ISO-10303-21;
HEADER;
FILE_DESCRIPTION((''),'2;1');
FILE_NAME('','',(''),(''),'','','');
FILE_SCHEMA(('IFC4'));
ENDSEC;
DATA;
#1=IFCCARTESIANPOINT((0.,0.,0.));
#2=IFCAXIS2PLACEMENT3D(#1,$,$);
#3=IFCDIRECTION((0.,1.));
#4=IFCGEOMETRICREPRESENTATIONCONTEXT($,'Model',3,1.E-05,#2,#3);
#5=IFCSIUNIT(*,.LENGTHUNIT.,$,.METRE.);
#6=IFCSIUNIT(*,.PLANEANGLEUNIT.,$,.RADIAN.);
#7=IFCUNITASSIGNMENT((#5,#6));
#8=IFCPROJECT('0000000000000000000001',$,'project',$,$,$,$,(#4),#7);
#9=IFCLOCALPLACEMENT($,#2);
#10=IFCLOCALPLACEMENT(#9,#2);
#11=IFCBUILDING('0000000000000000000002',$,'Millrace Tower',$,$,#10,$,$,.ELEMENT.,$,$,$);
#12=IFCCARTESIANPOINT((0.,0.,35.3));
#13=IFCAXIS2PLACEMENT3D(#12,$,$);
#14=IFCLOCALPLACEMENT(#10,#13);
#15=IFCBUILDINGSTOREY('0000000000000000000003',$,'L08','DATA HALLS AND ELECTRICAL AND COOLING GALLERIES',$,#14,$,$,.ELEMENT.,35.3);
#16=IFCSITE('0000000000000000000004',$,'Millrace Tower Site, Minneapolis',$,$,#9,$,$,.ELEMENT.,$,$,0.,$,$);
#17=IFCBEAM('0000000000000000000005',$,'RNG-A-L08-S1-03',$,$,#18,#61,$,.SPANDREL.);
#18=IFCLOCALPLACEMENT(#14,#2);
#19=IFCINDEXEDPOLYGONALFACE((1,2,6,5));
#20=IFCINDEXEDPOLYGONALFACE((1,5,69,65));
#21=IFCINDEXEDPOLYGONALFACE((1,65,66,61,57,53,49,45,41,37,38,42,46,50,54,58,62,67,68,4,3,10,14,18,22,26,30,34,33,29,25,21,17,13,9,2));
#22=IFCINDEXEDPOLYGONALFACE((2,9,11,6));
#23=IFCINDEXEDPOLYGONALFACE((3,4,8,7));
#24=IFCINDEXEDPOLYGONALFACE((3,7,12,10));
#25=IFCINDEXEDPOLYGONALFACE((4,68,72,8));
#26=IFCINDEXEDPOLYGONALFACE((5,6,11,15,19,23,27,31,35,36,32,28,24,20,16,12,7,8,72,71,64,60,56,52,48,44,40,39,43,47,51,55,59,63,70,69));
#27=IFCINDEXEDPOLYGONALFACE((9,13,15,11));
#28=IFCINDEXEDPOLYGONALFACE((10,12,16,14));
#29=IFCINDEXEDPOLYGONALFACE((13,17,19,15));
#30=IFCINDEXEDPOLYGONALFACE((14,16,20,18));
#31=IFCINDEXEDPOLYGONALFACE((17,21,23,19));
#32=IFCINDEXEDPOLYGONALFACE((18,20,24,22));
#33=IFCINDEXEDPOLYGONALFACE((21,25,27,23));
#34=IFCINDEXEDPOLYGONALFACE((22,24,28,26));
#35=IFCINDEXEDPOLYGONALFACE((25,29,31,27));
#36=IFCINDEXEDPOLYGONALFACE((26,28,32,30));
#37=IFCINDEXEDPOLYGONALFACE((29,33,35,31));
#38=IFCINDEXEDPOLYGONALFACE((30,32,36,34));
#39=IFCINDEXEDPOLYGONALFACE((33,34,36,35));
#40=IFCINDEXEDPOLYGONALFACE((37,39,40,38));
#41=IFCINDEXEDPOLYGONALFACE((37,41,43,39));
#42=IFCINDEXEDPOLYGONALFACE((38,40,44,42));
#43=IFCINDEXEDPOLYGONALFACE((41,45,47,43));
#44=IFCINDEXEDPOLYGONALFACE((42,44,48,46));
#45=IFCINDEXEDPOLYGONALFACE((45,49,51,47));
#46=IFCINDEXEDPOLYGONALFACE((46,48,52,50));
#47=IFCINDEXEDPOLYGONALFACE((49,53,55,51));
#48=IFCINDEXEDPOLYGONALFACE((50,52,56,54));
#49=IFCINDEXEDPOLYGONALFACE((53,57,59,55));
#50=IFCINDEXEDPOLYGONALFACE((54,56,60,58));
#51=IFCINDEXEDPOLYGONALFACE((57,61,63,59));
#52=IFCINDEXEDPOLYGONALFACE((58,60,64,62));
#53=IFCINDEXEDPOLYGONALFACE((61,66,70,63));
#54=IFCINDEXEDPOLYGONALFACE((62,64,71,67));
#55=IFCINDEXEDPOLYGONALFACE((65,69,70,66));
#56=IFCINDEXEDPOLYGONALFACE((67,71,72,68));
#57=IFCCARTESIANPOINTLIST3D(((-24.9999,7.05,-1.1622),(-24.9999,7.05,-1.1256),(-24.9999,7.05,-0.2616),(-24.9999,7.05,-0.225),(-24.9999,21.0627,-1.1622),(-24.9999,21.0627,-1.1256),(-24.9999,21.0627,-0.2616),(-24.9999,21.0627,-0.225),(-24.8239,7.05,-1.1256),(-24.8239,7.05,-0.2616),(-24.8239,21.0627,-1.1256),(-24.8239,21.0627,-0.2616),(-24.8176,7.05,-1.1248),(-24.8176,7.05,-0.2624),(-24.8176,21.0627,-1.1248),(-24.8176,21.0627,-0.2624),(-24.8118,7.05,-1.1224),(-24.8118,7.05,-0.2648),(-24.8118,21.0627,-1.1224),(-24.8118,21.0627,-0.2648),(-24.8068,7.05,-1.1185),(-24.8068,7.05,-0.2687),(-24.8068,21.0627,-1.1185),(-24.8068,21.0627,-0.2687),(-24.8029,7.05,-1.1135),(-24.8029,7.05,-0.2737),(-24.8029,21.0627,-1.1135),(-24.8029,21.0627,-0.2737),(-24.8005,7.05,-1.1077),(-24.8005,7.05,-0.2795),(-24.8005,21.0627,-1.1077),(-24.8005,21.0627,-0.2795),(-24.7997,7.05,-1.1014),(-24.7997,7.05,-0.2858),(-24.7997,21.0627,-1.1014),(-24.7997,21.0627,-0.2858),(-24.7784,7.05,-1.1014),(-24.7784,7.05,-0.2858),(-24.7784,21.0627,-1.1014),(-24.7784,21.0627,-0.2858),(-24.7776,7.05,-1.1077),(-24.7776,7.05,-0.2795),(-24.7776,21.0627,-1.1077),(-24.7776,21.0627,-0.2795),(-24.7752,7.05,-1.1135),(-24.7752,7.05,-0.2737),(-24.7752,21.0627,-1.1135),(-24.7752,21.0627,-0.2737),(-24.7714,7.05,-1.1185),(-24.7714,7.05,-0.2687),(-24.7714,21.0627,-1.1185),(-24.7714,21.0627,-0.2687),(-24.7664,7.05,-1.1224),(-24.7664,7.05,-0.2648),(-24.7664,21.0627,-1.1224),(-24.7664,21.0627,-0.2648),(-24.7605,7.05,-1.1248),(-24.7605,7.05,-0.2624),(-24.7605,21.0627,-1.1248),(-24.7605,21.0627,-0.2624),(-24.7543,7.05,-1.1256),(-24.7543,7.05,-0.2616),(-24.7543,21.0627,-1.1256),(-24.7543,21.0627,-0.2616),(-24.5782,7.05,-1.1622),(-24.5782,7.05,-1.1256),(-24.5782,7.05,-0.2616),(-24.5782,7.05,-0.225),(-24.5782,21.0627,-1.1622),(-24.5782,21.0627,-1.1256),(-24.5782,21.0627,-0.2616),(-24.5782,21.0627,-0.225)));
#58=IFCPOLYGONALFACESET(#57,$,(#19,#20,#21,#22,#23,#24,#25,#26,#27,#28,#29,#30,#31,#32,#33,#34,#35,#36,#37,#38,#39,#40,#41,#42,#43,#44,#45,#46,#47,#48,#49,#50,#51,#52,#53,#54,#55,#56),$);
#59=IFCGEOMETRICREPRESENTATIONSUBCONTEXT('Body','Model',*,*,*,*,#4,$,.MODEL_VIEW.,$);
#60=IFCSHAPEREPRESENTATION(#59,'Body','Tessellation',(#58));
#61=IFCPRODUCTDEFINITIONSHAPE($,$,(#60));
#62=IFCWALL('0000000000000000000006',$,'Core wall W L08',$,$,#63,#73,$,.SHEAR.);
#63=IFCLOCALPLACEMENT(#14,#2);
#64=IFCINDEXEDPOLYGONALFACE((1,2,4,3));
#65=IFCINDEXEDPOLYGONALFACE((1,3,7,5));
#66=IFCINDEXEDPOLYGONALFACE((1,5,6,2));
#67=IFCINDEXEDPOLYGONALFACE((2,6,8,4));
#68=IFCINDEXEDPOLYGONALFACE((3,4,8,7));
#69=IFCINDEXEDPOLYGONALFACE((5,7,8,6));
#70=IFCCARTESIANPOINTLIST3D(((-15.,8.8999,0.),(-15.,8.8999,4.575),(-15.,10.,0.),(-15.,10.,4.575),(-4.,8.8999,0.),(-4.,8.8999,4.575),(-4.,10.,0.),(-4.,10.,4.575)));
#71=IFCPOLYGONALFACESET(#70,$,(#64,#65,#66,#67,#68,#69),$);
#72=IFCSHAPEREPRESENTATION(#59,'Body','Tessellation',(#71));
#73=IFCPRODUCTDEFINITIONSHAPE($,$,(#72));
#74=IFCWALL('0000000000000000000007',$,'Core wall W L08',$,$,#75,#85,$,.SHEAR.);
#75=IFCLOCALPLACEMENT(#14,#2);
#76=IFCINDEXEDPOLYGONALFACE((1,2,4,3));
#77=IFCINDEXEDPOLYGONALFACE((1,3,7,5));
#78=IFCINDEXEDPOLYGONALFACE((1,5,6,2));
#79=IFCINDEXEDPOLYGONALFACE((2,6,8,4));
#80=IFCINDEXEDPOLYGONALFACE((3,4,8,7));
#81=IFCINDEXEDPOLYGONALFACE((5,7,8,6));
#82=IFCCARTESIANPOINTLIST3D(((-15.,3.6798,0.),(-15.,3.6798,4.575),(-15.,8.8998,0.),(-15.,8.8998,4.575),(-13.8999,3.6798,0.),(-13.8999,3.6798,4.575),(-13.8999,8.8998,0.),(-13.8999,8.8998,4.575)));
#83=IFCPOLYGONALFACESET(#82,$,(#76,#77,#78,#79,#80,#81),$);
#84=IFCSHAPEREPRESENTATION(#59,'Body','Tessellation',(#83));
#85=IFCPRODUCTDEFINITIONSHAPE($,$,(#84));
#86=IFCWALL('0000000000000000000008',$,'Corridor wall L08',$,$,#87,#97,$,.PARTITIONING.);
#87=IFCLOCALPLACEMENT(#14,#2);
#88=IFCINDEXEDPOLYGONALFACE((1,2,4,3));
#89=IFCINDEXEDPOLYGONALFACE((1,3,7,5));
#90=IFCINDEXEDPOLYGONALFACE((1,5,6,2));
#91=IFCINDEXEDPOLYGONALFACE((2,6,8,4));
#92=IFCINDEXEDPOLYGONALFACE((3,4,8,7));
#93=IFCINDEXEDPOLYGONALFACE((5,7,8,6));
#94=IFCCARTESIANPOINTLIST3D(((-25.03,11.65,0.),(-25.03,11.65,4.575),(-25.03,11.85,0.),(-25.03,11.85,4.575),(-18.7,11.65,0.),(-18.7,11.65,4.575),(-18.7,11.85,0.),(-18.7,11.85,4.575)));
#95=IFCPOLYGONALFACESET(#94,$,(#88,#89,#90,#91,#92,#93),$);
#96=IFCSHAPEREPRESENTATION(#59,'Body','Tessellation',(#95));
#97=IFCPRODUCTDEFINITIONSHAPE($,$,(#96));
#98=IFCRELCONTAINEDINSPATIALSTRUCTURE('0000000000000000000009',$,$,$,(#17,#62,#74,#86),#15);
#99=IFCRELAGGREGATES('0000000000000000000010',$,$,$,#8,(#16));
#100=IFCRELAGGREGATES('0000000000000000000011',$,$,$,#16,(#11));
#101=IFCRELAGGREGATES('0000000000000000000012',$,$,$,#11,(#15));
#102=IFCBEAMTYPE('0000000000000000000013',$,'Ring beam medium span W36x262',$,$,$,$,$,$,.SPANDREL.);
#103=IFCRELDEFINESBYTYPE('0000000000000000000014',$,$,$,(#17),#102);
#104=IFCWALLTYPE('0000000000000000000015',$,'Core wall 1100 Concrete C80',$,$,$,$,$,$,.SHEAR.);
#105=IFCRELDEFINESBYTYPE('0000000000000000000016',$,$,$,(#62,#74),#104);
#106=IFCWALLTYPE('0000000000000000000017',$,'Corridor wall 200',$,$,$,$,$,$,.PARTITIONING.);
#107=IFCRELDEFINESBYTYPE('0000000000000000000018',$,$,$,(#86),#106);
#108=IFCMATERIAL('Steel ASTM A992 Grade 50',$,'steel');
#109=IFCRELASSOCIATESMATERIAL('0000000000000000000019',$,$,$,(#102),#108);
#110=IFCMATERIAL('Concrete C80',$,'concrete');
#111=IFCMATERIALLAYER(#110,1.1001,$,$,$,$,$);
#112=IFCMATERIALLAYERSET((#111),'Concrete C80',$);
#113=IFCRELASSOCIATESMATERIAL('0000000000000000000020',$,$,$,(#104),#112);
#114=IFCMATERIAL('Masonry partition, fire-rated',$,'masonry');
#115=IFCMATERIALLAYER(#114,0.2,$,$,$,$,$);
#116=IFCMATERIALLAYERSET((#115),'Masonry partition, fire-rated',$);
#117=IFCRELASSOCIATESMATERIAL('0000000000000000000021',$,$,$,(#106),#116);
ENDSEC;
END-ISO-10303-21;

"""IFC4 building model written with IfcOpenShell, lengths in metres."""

from ifc_helpers import new_model, si_unit, direction, frame, frame_2d, origin, origin_2d, place, context, subcontext, project, spatial, rectangle, i_section, extrude, material, layer, layer_set, material_profile, profile_set, type_object, element, save


model = new_model("IFC4")

# Units and contexts
model_context = context("Model", 3, precision=1e-05, world=origin(), true_north=direction((0.0, 1.0)))
body_context = subcontext(model_context, "Body", "Model", "MODEL_VIEW")
ifc_project = project(units=[si_unit("LENGTHUNIT", "METRE"), si_unit("PLANEANGLEUNIT", "RADIAN")], contexts=[model_context])

# Site, building, storey
site_placement = place(None, origin())
site = spatial("IfcSite", under=ifc_project, at=site_placement, Name="Millrace Tower Site, Minneapolis", CompositionType="ELEMENT", RefElevation=0.0)
building_placement = place(site_placement, origin())
building = spatial("IfcBuilding", under=site, at=building_placement, Name="Millrace Tower", CompositionType="ELEMENT")
storey_placement = place(building_placement, frame((0.0, 0.0, 35.3)))
storey = spatial("IfcBuildingStorey", under=building, at=storey_placement, Name="L08", Description="DATA HALLS AND ELECTRICAL AND COOLING GALLERIES", CompositionType="ELEMENT", Elevation=35.3)

# Beam
ifc_material_1 = material(Name="Steel ASTM A992 Grade 50", Category="steel")
ifc_material_profile_1 = material_profile(ifc_material_1, i_section(OverallWidth=0.4216, OverallDepth=0.9373, WebThickness=0.0212, FlangeThickness=0.0366, FilletRadius=0.0242, at=origin_2d()))
ifc_profile_set_1 = profile_set([ifc_material_profile_1], Name="Steel ASTM A992 Grade 50")
beam_type_1 = type_object("IfcBeamType", Name="Ring beam medium span W36x262", PredefinedType="SPANDREL", material=ifc_profile_set_1)
beam_1_placement = place(storey_placement, frame((-24.7891, 7.05, -0.6936), z_axis=(0.0, 1.0, 0.0), x_axis=(-1.0, 0.0, 0.0)))
element("IfcBeam", 1, at=beam_1_placement, inside=storey, type_object=beam_type_1, Name="RNG-A-L08-S1-03", PredefinedType="SPANDREL", context=body_context, shape_type="SweptSolid", body=[
    extrude(i_section(OverallWidth=0.4216, OverallDepth=0.9373, WebThickness=0.0212, FlangeThickness=0.0366, FilletRadius=0.0242, at=origin_2d()), origin(), (0.0, 0.0, 1.0), 14.0127),
])

# Walls
ifc_material_2 = material(Name="Concrete C80", Category="concrete")
ifc_layer_1 = layer(ifc_material_2, 1.1001)
ifc_layer_set_1 = layer_set([ifc_layer_1], Name="Concrete C80")
wall_type_1 = type_object("IfcWallType", Name="Core wall 1100 Concrete C80", PredefinedType="SHEAR", material=ifc_layer_set_1)
wall_1_placement = place(storey_placement, frame((-15.0, 9.45, 0.0), z_axis=(0.0, 0.0, 1.0), x_axis=(1.0, 0.0, 0.0)))
element("IfcWall", 2, at=wall_1_placement, inside=storey, type_object=wall_type_1, Name="Core wall W L08", PredefinedType="SHEAR", context=body_context, shape_type="SweptSolid", body=[
    extrude(rectangle(XDim=11.0, YDim=1.1001, at=frame_2d((5.5, 0.0))), origin(), (0.0, 0.0, 1.0), 4.575),
])
wall_2_placement = place(storey_placement, frame((-14.45, 3.6799, 0.0), z_axis=(0.0, 0.0, 1.0), x_axis=(0.0, 1.0, 0.0)))
element("IfcWall", 3, at=wall_2_placement, inside=storey, type_object=wall_type_1, Name="Core wall W L08", PredefinedType="SHEAR", context=body_context, shape_type="SweptSolid", body=[
    extrude(rectangle(XDim=5.22, YDim=1.1001, at=frame_2d((2.6099, 0.0))), origin(), (0.0, 0.0, 1.0), 4.575),
])
ifc_material_3 = material(Name="Masonry partition, fire-rated", Category="masonry")
ifc_layer_2 = layer(ifc_material_3, 0.2)
ifc_layer_set_2 = layer_set([ifc_layer_2], Name="Masonry partition, fire-rated")
wall_type_2 = type_object("IfcWallType", Name="Corridor wall 200", PredefinedType="PARTITIONING", material=ifc_layer_set_2)
wall_3_placement = place(storey_placement, frame((-25.03, 11.75, 0.0), z_axis=(0.0, 0.0, 1.0), x_axis=(1.0, 0.0, 0.0)))
element("IfcWall", 4, at=wall_3_placement, inside=storey, type_object=wall_type_2, Name="Corridor wall L08", PredefinedType="PARTITIONING", context=body_context, shape_type="SweptSolid", body=[
    extrude(rectangle(XDim=6.3301, YDim=0.2, at=frame_2d((3.165, 0.0))), origin(), (0.0, 0.0, 1.0), 4.575),
])

save(model, "model.ifc")
